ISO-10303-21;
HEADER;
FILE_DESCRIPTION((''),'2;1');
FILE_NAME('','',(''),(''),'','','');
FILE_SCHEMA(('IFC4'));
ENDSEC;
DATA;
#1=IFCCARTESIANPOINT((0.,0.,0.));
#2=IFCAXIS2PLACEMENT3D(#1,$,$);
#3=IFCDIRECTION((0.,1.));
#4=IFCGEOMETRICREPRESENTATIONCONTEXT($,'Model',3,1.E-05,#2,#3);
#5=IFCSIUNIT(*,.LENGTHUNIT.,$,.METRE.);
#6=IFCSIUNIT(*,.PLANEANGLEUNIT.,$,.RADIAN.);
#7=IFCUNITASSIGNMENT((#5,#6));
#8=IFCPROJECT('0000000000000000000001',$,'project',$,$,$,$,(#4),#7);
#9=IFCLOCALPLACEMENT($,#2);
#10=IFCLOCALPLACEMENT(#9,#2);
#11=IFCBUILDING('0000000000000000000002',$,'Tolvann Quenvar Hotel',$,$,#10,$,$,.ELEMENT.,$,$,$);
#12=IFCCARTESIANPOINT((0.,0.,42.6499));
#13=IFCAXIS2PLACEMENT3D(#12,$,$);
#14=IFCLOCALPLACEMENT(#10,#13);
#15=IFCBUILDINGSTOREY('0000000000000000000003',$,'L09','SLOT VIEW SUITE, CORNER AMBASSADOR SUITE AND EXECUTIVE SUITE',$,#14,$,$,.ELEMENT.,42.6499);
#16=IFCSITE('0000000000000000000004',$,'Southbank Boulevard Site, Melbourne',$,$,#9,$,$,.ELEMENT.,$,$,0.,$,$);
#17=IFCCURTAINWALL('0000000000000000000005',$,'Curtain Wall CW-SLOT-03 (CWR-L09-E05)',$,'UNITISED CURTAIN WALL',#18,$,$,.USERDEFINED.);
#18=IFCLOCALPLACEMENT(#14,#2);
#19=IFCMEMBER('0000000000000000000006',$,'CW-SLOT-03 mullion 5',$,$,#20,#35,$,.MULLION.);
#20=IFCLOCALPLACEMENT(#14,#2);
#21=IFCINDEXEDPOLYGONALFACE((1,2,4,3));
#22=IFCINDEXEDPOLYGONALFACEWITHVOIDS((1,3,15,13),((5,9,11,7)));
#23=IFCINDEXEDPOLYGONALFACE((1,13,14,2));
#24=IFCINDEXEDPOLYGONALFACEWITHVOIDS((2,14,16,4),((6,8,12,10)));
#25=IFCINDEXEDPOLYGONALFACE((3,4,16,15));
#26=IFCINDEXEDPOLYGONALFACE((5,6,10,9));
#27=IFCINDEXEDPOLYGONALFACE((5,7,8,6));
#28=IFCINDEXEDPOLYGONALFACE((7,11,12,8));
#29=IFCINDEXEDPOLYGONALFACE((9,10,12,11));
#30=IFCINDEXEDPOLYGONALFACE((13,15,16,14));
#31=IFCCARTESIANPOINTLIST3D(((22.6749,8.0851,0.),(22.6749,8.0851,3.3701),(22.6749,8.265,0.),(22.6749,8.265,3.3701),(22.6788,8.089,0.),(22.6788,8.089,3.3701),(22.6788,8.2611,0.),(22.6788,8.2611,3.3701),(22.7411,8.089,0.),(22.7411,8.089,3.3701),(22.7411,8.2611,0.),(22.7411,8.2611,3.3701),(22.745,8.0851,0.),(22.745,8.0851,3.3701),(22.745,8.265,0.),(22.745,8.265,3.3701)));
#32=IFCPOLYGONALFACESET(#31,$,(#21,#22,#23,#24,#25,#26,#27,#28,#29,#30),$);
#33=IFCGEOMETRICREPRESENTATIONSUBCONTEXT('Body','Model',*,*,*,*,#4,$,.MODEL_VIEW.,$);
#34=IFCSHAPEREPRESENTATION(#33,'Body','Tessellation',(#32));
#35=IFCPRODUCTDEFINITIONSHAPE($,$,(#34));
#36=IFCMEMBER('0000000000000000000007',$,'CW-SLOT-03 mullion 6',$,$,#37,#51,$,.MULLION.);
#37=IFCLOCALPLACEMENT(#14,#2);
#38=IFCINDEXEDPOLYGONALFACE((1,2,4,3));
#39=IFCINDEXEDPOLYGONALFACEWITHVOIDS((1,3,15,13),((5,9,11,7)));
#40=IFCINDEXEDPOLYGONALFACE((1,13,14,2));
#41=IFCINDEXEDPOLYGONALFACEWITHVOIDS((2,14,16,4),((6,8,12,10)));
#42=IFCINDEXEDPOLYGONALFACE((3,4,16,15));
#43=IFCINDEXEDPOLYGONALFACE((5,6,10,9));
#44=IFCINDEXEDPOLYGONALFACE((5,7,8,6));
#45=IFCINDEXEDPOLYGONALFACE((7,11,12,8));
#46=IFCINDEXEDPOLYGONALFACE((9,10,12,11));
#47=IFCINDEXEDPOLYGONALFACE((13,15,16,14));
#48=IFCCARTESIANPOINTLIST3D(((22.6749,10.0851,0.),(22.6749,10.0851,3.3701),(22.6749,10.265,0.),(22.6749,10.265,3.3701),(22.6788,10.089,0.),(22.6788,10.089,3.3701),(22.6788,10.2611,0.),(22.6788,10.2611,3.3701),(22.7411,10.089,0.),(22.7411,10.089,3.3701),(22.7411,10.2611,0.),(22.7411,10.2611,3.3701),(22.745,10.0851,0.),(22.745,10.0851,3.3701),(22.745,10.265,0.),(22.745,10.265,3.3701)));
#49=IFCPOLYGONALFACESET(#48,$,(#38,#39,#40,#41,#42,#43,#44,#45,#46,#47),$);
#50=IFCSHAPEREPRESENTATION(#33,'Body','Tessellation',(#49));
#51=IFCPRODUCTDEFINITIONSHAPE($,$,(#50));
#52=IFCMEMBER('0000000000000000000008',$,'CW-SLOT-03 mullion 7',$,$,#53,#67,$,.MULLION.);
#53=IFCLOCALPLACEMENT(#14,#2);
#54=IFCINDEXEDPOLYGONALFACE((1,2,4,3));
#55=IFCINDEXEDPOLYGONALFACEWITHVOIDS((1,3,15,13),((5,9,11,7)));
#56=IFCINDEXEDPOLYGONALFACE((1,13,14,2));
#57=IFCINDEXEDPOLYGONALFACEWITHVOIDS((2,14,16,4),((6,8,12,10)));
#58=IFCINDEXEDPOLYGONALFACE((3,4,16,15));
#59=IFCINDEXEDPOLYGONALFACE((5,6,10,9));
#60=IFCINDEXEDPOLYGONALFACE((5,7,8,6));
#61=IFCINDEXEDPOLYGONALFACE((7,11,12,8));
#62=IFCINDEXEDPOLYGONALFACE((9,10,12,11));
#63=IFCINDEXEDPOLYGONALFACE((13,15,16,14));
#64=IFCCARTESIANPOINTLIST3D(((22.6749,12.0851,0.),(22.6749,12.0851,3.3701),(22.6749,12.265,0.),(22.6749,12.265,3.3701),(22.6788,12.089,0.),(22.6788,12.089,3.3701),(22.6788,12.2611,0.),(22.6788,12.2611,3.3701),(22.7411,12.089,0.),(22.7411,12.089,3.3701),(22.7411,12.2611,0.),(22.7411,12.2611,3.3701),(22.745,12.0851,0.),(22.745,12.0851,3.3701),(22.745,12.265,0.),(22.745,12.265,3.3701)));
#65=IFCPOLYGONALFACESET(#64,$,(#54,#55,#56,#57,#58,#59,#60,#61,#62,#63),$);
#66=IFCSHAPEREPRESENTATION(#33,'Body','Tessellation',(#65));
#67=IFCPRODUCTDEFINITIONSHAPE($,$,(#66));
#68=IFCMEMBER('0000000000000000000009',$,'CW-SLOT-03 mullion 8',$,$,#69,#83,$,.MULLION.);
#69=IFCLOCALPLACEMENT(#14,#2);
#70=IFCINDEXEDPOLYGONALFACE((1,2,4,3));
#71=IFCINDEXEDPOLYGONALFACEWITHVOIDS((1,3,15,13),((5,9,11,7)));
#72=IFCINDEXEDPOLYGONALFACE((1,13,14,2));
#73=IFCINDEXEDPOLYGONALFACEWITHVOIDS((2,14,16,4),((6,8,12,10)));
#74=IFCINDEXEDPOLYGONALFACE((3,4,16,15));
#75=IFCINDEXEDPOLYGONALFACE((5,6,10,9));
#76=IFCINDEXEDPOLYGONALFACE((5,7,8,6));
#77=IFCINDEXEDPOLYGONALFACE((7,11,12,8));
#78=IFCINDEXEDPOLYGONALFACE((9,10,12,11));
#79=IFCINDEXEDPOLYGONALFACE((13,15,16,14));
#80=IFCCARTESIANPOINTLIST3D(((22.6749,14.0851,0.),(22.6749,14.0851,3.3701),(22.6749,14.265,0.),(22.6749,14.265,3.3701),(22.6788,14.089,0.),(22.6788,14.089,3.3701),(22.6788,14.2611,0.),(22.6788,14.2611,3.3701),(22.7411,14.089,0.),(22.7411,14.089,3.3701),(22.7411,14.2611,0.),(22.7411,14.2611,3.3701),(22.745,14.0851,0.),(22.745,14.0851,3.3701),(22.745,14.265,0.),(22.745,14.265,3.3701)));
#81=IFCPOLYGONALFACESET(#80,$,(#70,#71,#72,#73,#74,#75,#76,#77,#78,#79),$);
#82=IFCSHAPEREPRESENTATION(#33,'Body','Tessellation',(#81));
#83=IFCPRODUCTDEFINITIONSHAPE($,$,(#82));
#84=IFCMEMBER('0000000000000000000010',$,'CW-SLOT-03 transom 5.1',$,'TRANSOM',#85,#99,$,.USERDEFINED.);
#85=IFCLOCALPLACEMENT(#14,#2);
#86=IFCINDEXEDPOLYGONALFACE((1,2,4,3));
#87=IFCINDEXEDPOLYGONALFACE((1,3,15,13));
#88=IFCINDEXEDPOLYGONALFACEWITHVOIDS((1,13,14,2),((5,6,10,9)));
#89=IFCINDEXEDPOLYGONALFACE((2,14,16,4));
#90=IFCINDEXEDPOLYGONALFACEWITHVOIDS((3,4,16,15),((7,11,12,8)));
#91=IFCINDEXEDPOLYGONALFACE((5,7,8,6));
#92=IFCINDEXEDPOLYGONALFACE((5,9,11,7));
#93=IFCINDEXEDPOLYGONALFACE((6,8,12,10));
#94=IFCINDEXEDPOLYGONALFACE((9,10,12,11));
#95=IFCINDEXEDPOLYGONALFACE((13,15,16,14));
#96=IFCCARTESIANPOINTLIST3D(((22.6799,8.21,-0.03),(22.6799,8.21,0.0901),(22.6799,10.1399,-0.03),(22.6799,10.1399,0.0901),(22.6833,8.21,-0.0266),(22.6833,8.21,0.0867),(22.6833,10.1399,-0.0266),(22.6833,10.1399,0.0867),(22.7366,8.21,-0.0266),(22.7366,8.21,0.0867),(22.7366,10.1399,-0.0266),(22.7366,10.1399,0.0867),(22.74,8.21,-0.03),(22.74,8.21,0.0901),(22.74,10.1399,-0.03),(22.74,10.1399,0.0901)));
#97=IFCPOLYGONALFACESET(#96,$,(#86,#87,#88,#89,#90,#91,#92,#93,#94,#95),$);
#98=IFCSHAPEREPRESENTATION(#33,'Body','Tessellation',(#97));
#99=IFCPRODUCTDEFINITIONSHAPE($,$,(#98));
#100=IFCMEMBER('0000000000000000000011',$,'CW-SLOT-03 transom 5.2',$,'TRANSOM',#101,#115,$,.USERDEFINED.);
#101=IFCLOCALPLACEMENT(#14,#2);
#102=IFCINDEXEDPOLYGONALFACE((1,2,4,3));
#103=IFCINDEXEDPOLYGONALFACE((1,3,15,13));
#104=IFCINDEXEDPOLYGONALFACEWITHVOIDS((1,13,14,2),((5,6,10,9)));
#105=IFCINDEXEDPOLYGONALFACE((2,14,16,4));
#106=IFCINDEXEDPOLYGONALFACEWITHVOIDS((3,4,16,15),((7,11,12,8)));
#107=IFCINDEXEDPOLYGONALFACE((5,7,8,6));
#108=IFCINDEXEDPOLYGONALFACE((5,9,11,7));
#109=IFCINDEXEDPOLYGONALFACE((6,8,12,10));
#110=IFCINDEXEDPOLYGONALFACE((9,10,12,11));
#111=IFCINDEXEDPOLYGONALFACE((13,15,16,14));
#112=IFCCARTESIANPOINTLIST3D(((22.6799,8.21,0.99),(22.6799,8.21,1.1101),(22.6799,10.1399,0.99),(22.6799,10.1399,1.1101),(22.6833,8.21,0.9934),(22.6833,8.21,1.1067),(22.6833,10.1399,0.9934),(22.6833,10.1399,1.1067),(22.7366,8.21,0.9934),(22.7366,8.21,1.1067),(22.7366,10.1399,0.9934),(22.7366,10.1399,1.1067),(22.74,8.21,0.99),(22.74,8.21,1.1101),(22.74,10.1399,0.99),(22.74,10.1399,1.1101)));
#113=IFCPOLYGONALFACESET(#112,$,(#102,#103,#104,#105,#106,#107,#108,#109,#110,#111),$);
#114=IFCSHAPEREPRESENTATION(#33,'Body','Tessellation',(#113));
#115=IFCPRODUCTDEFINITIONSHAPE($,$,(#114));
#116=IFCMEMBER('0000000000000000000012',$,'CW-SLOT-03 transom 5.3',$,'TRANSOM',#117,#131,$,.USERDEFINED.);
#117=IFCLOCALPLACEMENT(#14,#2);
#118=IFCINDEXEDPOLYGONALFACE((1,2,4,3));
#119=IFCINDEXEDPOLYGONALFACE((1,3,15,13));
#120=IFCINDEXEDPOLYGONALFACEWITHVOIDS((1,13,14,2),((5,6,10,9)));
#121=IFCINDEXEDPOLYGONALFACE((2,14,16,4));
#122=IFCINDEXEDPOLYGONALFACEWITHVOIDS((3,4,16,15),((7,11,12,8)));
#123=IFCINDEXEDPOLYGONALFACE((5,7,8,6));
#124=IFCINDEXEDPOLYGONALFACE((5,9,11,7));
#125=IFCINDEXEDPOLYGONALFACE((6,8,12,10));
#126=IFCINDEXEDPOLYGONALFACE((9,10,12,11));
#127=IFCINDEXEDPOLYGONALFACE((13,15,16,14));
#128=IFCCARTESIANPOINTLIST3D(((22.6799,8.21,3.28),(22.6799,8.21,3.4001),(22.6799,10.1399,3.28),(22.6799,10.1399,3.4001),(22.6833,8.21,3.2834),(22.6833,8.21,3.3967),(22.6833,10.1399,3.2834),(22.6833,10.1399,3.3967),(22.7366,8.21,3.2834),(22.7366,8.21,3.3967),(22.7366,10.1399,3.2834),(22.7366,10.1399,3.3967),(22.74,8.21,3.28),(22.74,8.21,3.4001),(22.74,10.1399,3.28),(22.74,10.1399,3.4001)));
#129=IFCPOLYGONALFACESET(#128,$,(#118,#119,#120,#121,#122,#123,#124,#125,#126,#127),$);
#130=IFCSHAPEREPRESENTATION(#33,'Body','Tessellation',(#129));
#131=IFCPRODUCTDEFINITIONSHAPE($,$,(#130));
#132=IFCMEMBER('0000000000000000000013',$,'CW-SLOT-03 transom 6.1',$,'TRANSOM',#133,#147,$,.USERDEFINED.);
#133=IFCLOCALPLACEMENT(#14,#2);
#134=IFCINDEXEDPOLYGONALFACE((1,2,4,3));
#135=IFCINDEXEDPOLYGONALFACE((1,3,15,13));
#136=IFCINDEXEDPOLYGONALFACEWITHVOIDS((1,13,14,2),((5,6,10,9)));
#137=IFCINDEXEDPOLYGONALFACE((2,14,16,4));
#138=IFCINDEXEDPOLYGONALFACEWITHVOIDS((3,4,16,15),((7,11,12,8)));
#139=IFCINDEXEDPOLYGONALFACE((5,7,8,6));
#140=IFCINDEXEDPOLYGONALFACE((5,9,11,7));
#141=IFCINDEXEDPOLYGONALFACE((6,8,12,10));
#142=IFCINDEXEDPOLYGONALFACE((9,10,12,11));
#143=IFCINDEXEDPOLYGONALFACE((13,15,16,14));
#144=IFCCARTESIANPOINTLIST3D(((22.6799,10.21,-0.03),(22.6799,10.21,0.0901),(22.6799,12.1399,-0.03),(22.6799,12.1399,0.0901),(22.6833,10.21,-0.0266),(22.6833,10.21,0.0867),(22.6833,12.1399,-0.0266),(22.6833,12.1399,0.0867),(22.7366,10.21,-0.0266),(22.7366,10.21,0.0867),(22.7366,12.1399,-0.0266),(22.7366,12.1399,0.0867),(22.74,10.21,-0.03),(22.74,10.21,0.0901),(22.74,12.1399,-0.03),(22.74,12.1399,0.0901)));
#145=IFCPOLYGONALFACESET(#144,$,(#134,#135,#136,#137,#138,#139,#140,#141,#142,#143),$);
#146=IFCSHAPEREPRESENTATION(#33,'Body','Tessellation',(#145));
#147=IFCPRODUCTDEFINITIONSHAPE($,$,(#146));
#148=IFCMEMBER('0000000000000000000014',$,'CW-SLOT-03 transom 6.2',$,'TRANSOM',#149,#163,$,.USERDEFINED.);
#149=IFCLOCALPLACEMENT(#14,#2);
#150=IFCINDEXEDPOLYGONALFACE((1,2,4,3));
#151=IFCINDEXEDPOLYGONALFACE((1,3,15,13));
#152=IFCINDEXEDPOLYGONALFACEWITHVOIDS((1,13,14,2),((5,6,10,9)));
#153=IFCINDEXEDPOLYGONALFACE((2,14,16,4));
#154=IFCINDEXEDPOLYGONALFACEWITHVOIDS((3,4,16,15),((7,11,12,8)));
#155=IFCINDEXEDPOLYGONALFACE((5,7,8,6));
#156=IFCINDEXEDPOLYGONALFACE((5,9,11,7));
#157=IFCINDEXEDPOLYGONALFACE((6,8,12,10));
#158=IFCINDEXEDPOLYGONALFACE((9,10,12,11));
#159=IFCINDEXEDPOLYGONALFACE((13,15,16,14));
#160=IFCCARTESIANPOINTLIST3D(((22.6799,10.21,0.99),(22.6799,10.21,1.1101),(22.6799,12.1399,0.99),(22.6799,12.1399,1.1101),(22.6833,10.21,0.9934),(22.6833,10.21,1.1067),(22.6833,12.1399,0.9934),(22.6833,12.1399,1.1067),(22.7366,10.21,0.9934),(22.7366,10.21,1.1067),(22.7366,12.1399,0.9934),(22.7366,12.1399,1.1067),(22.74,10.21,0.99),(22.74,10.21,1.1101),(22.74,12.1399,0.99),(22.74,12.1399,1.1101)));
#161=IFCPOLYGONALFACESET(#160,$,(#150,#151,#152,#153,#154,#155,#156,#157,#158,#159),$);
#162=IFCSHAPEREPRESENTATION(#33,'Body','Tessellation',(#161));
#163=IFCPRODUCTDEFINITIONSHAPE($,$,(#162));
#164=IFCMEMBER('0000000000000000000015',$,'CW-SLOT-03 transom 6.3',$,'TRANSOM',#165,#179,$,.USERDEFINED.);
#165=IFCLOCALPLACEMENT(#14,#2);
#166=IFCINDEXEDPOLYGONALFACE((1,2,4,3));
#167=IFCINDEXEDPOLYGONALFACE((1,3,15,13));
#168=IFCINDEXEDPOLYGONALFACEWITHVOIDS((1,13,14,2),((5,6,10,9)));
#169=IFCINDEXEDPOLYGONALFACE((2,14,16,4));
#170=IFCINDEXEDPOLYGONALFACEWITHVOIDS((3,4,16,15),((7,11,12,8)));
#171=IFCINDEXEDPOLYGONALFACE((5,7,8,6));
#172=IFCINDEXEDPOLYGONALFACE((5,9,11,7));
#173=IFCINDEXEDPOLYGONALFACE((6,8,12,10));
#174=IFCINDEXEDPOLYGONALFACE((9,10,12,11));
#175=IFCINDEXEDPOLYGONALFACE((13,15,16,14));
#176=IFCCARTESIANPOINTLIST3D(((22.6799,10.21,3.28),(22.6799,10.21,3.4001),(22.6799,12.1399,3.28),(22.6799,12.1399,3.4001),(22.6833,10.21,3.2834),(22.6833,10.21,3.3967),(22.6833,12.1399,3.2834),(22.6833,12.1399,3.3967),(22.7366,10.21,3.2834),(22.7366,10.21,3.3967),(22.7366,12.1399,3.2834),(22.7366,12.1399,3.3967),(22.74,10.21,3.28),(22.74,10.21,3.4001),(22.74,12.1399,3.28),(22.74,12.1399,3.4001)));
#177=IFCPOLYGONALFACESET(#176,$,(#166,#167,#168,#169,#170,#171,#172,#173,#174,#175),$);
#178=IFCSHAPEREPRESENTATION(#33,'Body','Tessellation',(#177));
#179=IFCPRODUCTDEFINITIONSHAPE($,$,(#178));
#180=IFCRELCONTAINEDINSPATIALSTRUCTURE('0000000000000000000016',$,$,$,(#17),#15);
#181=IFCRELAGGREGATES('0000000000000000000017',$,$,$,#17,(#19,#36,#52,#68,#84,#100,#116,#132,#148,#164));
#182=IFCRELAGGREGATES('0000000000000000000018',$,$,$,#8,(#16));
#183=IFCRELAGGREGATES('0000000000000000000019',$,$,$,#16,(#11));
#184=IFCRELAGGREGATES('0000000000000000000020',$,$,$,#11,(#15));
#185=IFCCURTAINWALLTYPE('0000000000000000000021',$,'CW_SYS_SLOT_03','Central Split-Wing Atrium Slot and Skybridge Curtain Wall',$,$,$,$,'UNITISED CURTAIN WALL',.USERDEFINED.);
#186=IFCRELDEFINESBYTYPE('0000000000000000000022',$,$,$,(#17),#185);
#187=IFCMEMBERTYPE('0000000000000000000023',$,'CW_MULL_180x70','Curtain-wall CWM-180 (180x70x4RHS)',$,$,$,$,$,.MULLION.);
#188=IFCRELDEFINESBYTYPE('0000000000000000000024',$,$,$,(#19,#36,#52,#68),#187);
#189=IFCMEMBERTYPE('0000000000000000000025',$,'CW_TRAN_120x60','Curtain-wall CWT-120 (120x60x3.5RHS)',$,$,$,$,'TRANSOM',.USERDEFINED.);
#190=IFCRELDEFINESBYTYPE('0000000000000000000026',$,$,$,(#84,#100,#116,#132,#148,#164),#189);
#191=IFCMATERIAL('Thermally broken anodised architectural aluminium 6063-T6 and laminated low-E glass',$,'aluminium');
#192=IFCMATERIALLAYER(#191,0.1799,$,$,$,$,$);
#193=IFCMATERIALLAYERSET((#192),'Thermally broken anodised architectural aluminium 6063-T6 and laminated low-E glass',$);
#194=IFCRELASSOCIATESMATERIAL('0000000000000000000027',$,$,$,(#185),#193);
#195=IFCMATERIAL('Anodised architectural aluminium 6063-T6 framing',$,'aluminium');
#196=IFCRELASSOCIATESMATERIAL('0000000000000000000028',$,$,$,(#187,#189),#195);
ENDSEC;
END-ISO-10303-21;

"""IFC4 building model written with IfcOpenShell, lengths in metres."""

from ifc_helpers import new_model, si_unit, direction, frame, origin, origin_2d, place, context, subcontext, project, spatial, hollow_rectangle, extrude, source, transform, mapped, material, layer, layer_set, material_profile, profile_set, type_object, type_shapes, element, aggregate, save


model = new_model("IFC4")

# Units and contexts
model_context = context("Model", 3, precision=1e-05, world=origin(), true_north=direction((0.0, 1.0)))
body_context = subcontext(model_context, "Body", "Model", "MODEL_VIEW")
ifc_project = project(units=[si_unit("LENGTHUNIT", "METRE"), si_unit("PLANEANGLEUNIT", "RADIAN")], contexts=[model_context])

# Site, building, storey
site_placement = place(None, origin())
site = spatial("IfcSite", under=ifc_project, at=site_placement, Name="Southbank Boulevard Site, Melbourne", CompositionType="ELEMENT", RefElevation=0.0)
building_placement = place(site_placement, origin())
building = spatial("IfcBuilding", under=site, at=building_placement, Name="Tolvann Quenvar Hotel", CompositionType="ELEMENT")
storey_placement = place(building_placement, frame((0.0, 0.0, 42.6499)))
storey = spatial("IfcBuildingStorey", under=building, at=storey_placement, Name="L09", Description="SLOT VIEW SUITE, CORNER AMBASSADOR SUITE AND EXECUTIVE SUITE", CompositionType="ELEMENT", Elevation=42.6499)

# Curtain wall, members
ifc_material_1 = material(Name="Thermally broken anodised architectural aluminium 6063-T6 and laminated low-E glass", Category="aluminium")
ifc_layer_1 = layer(ifc_material_1, 0.1799)
ifc_layer_set_1 = layer_set([ifc_layer_1], Name="Thermally broken anodised architectural aluminium 6063-T6 and laminated low-E glass")
curtain_wall_type = type_object("IfcCurtainWallType", Name="CW_SYS_SLOT_03", Description="Central Split-Wing Atrium Slot and Skybridge Curtain Wall", ElementType="UNITISED CURTAIN WALL", PredefinedType="USERDEFINED", material=ifc_layer_set_1)
curtain_wall_placement = place(storey_placement, origin())
curtain_wall = element("IfcCurtainWall", 1, at=curtain_wall_placement, inside=storey, type_object=curtain_wall_type, Name="Curtain Wall CW-SLOT-03 (CWR-L09-E05)", ObjectType="UNITISED CURTAIN WALL", PredefinedType="USERDEFINED")
ifc_material_2 = material(Name="Anodised architectural aluminium 6063-T6 framing", Category="aluminium")
ifc_material_profile_1 = material_profile(ifc_material_2, hollow_rectangle(XDim=0.0701, YDim=0.1799, WallThickness=0.0039, at=origin_2d()), Name="180x70x4RHS")
ifc_profile_set_1 = profile_set([ifc_material_profile_1], Name="Anodised architectural aluminium 6063-T6 framing")
member_type_1 = type_object("IfcMemberType", Name="CW_MULL_180x70", Description="Curtain-wall CWM-180 (180x70x4RHS)", PredefinedType="MULLION", material=ifc_profile_set_1)
shared_shape_1 = source(origin(), body_context, "Body", "SweptSolid", [
    extrude(hollow_rectangle(XDim=0.0701, YDim=0.1799, WallThickness=0.0039, at=origin_2d()), origin(), (0.0, 0.0, 1.0), 3.3701),
])
type_shapes(member_type_1, [shared_shape_1])
member_1_placement = place(storey_placement, frame((22.71, 8.175, 0.0), z_axis=(0.0, 0.0, 1.0), x_axis=(-1.0, 0.0, 0.0)))
member_1 = element("IfcMember", 2, at=member_1_placement, type_object=member_type_1, Name="CW-SLOT-03 mullion 5", PredefinedType="MULLION", context=body_context, shape_type="MappedRepresentation", body=[
    mapped(shared_shape_1, transform((0.0, 0.0, 0.0), x_axis=(1.0, 0.0, 0.0), y_axis=(0.0, 1.0, 0.0), z_axis=(0.0, 0.0, 1.0), scale=1.0)),
])
member_2_placement = place(storey_placement, frame((22.71, 10.175, 0.0), z_axis=(0.0, 0.0, 1.0), x_axis=(-1.0, 0.0, 0.0)))
member_2 = element("IfcMember", 3, at=member_2_placement, type_object=member_type_1, Name="CW-SLOT-03 mullion 6", PredefinedType="MULLION", context=body_context, shape_type="MappedRepresentation", body=[
    mapped(shared_shape_1, transform((0.0, 0.0, 0.0), x_axis=(1.0, 0.0, 0.0), y_axis=(0.0, 1.0, 0.0), z_axis=(0.0, 0.0, 1.0), scale=1.0)),
])
member_3_placement = place(storey_placement, frame((22.71, 12.175, 0.0), z_axis=(0.0, 0.0, 1.0), x_axis=(-1.0, 0.0, 0.0)))
member_3 = element("IfcMember", 4, at=member_3_placement, type_object=member_type_1, Name="CW-SLOT-03 mullion 7", PredefinedType="MULLION", context=body_context, shape_type="MappedRepresentation", body=[
    mapped(shared_shape_1, transform((0.0, 0.0, 0.0), x_axis=(1.0, 0.0, 0.0), y_axis=(0.0, 1.0, 0.0), z_axis=(0.0, 0.0, 1.0), scale=1.0)),
])
member_4_placement = place(storey_placement, frame((22.71, 14.175, 0.0), z_axis=(0.0, 0.0, 1.0), x_axis=(-1.0, 0.0, 0.0)))
member_4 = element("IfcMember", 5, at=member_4_placement, type_object=member_type_1, Name="CW-SLOT-03 mullion 8", PredefinedType="MULLION", context=body_context, shape_type="MappedRepresentation", body=[
    mapped(shared_shape_1, transform((0.0, 0.0, 0.0), x_axis=(1.0, 0.0, 0.0), y_axis=(0.0, 1.0, 0.0), z_axis=(0.0, 0.0, 1.0), scale=1.0)),
])
ifc_material_profile_2 = material_profile(ifc_material_2, hollow_rectangle(XDim=0.0601, YDim=0.1201, WallThickness=0.0034, at=origin_2d()), Name="120x60x3.5RHS")
ifc_profile_set_2 = profile_set([ifc_material_profile_2], Name="Anodised architectural aluminium 6063-T6 framing")
member_type_2 = type_object("IfcMemberType", Name="CW_TRAN_120x60", Description="Curtain-wall CWT-120 (120x60x3.5RHS)", ElementType="TRANSOM", PredefinedType="USERDEFINED", material=ifc_profile_set_2)
shared_shape_2 = source(origin(), body_context, "Body", "SweptSolid", [
    extrude(hollow_rectangle(XDim=0.0601, YDim=0.1201, WallThickness=0.0034, at=origin_2d()), origin(), (0.0, 0.0, 1.0), 1.9299),
])
member_5_placement = place(storey_placement, frame((22.71, 8.21, 0.03), z_axis=(0.0, 1.0, 0.0), x_axis=(-1.0, 0.0, 0.0)))
member_5 = element("IfcMember", 6, at=member_5_placement, type_object=member_type_2, Name="CW-SLOT-03 transom 5.1", ObjectType="TRANSOM", PredefinedType="USERDEFINED", context=body_context, shape_type="MappedRepresentation", body=[
    mapped(shared_shape_2, transform((0.0, 0.0, 0.0), x_axis=(1.0, 0.0, 0.0), y_axis=(0.0, 1.0, 0.0), z_axis=(0.0, 0.0, 1.0), scale=1.0)),
])
member_6_placement = place(storey_placement, frame((22.71, 8.21, 1.05), z_axis=(0.0, 1.0, 0.0), x_axis=(-1.0, 0.0, 0.0)))
member_6 = element("IfcMember", 7, at=member_6_placement, type_object=member_type_2, Name="CW-SLOT-03 transom 5.2", ObjectType="TRANSOM", PredefinedType="USERDEFINED", context=body_context, shape_type="MappedRepresentation", body=[
    mapped(shared_shape_2, transform((0.0, 0.0, 0.0), x_axis=(1.0, 0.0, 0.0), y_axis=(0.0, 1.0, 0.0), z_axis=(0.0, 0.0, 1.0), scale=1.0)),
])
member_7_placement = place(storey_placement, frame((22.71, 8.21, 3.3401), z_axis=(0.0, 1.0, 0.0), x_axis=(-1.0, 0.0, 0.0)))
member_7 = element("IfcMember", 8, at=member_7_placement, type_object=member_type_2, Name="CW-SLOT-03 transom 5.3", ObjectType="TRANSOM", PredefinedType="USERDEFINED", context=body_context, shape_type="MappedRepresentation", body=[
    mapped(shared_shape_2, transform((0.0, 0.0, 0.0), x_axis=(1.0, 0.0, 0.0), y_axis=(0.0, 1.0, 0.0), z_axis=(0.0, 0.0, 1.0), scale=1.0)),
])
member_8_placement = place(storey_placement, frame((22.71, 10.21, 0.03), z_axis=(0.0, 1.0, 0.0), x_axis=(-1.0, 0.0, 0.0)))
member_8 = element("IfcMember", 9, at=member_8_placement, type_object=member_type_2, Name="CW-SLOT-03 transom 6.1", ObjectType="TRANSOM", PredefinedType="USERDEFINED", context=body_context, shape_type="MappedRepresentation", body=[
    mapped(shared_shape_2, transform((0.0, 0.0, 0.0), x_axis=(1.0, 0.0, 0.0), y_axis=(0.0, 1.0, 0.0), z_axis=(0.0, 0.0, 1.0), scale=1.0)),
])
member_9_placement = place(storey_placement, frame((22.71, 10.21, 1.05), z_axis=(0.0, 1.0, 0.0), x_axis=(-1.0, 0.0, 0.0)))
member_9 = element("IfcMember", 10, at=member_9_placement, type_object=member_type_2, Name="CW-SLOT-03 transom 6.2", ObjectType="TRANSOM", PredefinedType="USERDEFINED", context=body_context, shape_type="MappedRepresentation", body=[
    mapped(shared_shape_2, transform((0.0, 0.0, 0.0), x_axis=(1.0, 0.0, 0.0), y_axis=(0.0, 1.0, 0.0), z_axis=(0.0, 0.0, 1.0), scale=1.0)),
])
member_10_placement = place(storey_placement, frame((22.71, 10.21, 3.3401), z_axis=(0.0, 1.0, 0.0), x_axis=(-1.0, 0.0, 0.0)))
member_10 = element("IfcMember", 11, at=member_10_placement, type_object=member_type_2, Name="CW-SLOT-03 transom 6.3", ObjectType="TRANSOM", PredefinedType="USERDEFINED", context=body_context, shape_type="MappedRepresentation", body=[
    mapped(shared_shape_2, transform((0.0, 0.0, 0.0), x_axis=(1.0, 0.0, 0.0), y_axis=(0.0, 1.0, 0.0), z_axis=(0.0, 0.0, 1.0), scale=1.0)),
])
aggregate(curtain_wall, [member_1, member_2, member_3, member_4, member_5, member_6, member_7, member_8, member_9, member_10])

save(model, "model.ifc")
